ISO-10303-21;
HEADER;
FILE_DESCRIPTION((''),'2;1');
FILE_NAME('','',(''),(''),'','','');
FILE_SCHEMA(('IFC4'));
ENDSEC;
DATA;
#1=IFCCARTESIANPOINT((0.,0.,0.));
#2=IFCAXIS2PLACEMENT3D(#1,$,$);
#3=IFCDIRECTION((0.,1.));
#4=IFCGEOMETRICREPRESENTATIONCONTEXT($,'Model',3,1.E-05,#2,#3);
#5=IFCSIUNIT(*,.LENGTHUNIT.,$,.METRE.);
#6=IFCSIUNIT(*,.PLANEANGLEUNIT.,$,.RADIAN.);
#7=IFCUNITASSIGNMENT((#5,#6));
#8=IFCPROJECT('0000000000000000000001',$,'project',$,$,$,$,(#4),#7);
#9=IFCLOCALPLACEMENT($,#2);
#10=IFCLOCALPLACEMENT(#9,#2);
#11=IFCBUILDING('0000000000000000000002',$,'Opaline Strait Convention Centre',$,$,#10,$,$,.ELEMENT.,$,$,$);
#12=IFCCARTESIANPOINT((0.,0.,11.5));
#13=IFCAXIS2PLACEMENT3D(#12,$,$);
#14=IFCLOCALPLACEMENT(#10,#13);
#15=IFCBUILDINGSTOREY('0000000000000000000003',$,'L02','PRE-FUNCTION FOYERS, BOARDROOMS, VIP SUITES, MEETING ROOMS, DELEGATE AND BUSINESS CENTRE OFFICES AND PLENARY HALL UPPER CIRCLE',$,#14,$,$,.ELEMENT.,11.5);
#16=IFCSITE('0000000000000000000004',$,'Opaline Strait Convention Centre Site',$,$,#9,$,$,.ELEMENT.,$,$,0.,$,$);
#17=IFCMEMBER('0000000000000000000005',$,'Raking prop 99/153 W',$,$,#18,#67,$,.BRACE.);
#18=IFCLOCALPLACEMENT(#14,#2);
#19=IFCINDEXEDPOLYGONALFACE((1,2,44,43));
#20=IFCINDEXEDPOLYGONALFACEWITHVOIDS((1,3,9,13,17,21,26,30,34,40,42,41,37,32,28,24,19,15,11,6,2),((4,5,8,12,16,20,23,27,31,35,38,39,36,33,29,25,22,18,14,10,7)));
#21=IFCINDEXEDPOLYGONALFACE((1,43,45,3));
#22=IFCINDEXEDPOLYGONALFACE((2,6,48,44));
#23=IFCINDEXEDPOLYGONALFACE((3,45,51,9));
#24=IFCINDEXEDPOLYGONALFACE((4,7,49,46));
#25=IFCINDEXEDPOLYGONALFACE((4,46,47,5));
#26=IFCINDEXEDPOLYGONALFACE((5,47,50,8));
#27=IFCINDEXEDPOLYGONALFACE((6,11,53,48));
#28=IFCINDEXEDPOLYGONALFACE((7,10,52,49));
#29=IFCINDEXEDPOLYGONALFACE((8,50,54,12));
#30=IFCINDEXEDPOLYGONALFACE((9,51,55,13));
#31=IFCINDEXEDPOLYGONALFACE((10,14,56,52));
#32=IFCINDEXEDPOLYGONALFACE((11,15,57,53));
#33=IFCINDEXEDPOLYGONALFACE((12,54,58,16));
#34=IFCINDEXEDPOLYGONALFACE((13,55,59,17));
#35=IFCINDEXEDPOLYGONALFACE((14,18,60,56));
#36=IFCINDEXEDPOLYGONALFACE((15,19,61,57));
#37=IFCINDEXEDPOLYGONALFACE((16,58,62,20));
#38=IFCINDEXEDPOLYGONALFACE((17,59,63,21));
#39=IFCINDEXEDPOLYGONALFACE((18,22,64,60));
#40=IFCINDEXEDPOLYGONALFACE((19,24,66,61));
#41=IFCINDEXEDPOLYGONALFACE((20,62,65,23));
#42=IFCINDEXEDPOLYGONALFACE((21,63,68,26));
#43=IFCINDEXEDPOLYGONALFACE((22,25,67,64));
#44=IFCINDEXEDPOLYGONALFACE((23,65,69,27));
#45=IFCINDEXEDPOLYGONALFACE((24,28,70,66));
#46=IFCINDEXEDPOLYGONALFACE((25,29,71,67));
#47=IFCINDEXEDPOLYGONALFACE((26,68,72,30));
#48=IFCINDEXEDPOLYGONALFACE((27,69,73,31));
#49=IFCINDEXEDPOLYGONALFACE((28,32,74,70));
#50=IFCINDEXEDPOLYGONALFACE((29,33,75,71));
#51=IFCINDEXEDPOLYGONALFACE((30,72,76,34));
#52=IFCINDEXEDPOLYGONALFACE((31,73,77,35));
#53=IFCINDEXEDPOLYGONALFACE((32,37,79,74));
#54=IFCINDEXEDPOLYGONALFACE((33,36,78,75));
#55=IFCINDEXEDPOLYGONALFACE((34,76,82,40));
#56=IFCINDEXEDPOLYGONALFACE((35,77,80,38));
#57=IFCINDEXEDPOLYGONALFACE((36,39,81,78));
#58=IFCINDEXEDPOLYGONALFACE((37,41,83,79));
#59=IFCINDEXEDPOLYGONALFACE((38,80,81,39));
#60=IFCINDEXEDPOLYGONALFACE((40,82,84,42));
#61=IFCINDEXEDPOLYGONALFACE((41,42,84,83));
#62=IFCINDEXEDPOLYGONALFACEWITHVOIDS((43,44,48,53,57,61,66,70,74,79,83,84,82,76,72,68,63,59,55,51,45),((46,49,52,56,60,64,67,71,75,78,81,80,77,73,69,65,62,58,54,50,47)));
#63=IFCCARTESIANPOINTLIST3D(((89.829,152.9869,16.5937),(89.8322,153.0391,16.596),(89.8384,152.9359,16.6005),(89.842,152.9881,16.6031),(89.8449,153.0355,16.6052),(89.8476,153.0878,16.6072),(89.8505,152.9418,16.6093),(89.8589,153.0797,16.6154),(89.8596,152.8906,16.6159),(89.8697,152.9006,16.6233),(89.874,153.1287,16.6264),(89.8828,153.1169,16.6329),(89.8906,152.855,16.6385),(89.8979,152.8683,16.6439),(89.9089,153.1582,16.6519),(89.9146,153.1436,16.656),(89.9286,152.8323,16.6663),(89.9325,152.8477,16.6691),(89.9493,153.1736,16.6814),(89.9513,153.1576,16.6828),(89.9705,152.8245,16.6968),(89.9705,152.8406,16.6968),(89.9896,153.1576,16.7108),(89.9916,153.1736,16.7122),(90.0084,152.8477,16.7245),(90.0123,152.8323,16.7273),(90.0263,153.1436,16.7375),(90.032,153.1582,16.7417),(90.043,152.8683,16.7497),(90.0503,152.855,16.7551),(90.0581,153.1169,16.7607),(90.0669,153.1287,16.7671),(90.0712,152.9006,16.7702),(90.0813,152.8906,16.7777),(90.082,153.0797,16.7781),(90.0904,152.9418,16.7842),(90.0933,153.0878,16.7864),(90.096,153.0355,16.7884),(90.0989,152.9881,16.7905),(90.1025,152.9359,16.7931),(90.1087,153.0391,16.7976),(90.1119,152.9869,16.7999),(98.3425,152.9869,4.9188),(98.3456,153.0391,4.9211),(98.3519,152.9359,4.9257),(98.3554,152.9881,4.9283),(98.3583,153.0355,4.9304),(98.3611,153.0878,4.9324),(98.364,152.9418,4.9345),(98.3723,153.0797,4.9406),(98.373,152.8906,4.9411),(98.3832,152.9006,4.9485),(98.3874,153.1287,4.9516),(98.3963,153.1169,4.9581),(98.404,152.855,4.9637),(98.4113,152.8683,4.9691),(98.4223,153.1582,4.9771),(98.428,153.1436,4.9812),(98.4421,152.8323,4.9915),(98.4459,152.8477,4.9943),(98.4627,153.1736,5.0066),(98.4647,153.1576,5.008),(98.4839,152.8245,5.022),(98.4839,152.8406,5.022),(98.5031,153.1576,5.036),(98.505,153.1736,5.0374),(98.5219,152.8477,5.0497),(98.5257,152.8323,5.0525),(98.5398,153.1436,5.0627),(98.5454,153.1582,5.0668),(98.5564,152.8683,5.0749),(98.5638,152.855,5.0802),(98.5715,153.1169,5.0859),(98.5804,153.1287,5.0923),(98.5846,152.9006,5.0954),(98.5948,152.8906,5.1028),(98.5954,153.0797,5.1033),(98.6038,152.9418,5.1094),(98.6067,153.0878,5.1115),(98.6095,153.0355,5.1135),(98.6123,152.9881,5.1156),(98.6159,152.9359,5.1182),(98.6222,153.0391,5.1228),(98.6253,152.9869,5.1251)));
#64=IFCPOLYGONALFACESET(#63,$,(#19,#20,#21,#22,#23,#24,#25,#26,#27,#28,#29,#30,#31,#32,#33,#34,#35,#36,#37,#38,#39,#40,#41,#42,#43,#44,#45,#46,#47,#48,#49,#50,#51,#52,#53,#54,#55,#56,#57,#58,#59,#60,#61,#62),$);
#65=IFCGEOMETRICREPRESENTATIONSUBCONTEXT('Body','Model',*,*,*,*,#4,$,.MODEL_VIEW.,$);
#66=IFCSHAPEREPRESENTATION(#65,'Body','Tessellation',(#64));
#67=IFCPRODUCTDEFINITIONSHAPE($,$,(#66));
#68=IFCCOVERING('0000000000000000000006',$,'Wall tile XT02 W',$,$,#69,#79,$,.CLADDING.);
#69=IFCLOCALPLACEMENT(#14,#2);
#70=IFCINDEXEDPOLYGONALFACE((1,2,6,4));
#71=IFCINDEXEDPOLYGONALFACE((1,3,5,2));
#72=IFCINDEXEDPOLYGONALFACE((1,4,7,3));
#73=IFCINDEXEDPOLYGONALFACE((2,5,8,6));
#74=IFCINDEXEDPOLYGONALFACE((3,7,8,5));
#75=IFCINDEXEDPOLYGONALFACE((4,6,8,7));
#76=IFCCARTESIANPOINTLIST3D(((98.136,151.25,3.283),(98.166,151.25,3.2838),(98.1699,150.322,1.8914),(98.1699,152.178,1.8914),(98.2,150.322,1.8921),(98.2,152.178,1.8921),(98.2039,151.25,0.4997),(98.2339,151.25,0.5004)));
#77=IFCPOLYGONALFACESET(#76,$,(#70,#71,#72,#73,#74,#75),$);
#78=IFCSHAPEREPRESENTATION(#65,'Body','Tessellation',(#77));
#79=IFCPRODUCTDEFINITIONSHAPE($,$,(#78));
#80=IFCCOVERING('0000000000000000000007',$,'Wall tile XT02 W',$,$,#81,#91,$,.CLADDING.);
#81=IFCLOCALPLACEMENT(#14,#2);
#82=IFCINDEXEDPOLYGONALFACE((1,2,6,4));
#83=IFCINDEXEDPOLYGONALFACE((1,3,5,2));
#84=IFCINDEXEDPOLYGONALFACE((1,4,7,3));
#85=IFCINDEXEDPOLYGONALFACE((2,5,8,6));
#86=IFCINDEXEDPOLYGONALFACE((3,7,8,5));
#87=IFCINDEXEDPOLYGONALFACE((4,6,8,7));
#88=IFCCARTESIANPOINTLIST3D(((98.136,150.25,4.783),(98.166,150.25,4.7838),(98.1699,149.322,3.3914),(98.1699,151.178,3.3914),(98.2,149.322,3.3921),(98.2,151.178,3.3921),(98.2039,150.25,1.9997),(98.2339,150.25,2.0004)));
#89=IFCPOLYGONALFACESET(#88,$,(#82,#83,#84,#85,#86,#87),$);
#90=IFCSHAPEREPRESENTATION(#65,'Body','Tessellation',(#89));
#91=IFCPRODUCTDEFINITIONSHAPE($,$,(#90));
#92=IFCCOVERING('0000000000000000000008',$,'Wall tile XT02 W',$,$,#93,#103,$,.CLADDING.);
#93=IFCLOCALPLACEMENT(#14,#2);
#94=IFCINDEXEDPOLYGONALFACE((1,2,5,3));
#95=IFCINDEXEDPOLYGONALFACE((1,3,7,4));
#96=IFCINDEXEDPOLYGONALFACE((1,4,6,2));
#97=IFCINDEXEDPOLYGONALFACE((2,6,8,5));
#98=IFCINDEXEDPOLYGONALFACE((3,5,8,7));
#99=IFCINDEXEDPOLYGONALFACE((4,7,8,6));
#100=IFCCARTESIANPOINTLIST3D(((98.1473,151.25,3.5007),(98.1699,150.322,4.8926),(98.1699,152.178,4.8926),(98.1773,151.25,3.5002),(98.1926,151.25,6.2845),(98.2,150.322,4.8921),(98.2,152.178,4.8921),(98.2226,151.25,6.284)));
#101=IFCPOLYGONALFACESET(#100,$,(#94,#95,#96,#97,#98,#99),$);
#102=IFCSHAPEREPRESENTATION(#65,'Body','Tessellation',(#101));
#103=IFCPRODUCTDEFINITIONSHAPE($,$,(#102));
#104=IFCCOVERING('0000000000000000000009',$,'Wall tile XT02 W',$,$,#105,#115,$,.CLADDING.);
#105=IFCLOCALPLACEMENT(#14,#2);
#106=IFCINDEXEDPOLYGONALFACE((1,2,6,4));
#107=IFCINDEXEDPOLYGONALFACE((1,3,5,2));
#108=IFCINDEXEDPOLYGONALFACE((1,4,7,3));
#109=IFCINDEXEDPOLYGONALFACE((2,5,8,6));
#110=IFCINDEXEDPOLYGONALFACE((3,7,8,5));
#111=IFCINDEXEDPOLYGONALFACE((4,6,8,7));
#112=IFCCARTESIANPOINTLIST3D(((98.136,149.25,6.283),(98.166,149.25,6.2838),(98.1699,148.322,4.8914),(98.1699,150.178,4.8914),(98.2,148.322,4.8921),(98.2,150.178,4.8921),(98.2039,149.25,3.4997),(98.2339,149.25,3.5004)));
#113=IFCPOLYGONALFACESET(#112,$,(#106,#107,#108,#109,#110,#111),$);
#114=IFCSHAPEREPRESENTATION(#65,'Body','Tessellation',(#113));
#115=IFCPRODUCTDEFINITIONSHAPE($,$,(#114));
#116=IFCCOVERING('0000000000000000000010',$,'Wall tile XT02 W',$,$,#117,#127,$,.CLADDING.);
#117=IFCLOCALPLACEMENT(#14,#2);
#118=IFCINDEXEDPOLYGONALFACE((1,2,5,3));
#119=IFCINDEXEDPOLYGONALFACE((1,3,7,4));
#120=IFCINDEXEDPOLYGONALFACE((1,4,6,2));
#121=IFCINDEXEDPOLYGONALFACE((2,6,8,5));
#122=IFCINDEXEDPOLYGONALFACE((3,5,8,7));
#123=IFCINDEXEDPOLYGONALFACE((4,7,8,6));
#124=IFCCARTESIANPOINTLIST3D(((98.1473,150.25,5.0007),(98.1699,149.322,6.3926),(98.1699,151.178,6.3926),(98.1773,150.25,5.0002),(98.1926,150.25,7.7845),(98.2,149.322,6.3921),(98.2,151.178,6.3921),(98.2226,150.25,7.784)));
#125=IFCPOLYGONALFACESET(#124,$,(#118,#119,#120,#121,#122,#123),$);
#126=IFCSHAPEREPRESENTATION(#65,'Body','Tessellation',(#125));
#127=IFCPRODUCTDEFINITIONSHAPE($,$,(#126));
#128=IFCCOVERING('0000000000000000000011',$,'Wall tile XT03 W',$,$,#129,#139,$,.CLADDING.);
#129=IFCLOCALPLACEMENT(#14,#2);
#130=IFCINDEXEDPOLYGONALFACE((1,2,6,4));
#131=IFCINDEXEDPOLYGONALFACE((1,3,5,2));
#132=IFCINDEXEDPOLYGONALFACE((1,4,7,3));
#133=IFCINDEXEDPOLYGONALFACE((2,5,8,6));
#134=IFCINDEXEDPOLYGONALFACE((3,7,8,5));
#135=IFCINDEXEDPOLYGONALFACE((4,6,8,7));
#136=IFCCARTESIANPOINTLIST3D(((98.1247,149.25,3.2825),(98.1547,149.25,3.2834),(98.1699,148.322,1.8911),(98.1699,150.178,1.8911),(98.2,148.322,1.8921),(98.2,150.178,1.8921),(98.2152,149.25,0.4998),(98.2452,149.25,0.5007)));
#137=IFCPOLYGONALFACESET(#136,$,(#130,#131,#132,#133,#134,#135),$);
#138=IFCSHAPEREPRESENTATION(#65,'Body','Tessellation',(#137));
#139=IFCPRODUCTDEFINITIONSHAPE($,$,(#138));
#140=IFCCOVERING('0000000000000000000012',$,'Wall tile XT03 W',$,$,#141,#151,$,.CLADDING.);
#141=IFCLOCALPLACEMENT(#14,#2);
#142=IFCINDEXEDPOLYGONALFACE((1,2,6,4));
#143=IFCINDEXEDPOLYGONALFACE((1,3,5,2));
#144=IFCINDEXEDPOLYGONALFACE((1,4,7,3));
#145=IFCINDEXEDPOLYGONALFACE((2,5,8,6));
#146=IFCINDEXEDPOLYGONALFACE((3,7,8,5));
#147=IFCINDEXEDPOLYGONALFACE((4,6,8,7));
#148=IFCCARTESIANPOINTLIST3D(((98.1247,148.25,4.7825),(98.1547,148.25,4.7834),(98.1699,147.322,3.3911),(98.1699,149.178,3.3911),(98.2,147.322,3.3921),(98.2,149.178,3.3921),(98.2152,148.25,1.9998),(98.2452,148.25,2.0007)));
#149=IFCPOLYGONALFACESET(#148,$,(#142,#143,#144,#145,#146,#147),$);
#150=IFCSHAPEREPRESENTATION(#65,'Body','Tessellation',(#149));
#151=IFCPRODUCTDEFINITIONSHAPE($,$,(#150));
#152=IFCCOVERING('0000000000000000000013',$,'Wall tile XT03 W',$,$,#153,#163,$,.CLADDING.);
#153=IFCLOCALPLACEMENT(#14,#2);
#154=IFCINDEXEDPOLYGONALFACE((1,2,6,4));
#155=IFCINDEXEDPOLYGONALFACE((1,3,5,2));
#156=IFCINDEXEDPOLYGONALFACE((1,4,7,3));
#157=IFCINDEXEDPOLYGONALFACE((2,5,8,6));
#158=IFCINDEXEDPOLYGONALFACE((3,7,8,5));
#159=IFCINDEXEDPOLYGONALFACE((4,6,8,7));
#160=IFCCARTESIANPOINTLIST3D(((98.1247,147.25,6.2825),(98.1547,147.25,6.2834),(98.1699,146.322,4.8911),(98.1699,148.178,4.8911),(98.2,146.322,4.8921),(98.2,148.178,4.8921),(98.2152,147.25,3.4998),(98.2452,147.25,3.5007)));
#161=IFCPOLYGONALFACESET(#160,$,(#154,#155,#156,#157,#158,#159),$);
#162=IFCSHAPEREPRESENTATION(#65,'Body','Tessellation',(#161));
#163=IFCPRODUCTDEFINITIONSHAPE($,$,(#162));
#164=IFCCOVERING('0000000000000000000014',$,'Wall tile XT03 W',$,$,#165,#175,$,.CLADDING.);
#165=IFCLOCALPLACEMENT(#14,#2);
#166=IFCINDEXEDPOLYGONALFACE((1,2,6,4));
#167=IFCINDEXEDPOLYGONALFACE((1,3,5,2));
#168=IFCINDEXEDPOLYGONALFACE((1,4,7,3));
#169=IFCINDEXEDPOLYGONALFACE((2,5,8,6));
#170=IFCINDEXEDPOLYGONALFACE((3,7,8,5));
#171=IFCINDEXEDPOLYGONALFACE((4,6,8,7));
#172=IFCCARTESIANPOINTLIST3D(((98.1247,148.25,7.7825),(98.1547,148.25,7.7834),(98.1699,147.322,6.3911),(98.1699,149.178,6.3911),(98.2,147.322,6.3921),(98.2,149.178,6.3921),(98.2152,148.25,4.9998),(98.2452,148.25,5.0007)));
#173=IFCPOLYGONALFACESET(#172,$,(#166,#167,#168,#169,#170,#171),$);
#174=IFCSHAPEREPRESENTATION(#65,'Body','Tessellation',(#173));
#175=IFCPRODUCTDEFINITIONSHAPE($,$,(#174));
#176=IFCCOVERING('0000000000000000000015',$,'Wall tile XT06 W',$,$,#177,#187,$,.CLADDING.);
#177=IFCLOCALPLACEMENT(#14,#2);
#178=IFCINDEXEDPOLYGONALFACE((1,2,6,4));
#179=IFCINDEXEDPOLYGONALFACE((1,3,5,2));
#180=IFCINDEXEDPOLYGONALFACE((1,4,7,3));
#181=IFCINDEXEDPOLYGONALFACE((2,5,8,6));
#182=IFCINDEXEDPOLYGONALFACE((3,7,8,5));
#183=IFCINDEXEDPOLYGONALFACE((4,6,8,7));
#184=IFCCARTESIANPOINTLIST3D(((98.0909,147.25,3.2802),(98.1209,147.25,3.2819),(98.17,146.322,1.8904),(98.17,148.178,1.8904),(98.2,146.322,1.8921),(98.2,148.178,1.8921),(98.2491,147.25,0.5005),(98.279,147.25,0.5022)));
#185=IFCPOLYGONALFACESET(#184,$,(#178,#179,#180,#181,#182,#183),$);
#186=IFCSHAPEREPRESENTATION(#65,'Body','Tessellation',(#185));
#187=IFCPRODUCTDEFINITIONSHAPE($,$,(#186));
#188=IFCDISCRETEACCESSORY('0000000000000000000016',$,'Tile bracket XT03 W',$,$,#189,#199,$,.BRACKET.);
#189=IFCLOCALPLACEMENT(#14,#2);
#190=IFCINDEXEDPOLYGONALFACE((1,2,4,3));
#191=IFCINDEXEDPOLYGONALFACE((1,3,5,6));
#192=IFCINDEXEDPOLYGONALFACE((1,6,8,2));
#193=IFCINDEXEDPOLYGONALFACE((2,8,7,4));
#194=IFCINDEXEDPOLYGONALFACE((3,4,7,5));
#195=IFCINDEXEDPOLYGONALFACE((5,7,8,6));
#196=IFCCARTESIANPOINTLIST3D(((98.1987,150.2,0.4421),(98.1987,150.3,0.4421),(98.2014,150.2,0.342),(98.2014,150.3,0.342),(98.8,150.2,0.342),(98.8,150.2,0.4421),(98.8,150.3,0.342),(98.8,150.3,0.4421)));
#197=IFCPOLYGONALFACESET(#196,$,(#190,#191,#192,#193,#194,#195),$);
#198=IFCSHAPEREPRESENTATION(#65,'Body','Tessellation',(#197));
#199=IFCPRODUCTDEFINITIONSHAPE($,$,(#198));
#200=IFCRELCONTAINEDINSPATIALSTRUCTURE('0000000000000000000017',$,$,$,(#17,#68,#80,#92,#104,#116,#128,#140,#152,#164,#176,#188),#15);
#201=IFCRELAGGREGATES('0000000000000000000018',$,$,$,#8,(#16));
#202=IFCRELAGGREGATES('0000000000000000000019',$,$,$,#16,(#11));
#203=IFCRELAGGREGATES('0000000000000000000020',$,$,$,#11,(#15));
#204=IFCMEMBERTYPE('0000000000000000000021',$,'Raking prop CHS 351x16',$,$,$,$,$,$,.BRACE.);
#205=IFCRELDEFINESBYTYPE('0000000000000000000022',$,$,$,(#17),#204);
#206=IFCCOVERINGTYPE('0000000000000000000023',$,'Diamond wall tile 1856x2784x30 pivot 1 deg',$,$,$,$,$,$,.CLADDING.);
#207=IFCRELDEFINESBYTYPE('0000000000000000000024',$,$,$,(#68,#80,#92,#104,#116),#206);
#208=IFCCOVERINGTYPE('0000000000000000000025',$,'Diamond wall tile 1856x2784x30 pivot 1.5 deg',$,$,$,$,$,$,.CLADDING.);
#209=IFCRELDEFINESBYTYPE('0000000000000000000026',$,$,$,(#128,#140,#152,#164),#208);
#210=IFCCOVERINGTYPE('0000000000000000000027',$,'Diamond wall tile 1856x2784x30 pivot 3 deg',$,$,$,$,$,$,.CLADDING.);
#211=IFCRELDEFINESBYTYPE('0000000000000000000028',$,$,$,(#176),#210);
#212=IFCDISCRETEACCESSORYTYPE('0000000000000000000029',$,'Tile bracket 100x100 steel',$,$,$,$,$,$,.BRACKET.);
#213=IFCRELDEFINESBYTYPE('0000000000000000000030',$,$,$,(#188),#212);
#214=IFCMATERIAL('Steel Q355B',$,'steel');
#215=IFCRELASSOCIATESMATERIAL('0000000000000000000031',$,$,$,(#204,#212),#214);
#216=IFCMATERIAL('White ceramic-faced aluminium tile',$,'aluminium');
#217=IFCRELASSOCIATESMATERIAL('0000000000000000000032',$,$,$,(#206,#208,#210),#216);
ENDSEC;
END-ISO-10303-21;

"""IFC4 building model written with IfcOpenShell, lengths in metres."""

from ifc_helpers import new_model, si_unit, direction, frame, origin, origin_2d, place, context, subcontext, project, spatial, polyline, hollow_circle, outline, extrude, material, material_profile, profile_set, type_object, element, save


model = new_model("IFC4")

# Units and contexts
model_context = context("Model", 3, precision=1e-05, world=origin(), true_north=direction((0.0, 1.0)))
body_context = subcontext(model_context, "Body", "Model", "MODEL_VIEW")
ifc_project = project(units=[si_unit("LENGTHUNIT", "METRE"), si_unit("PLANEANGLEUNIT", "RADIAN")], contexts=[model_context])

# Site, building, storey
site_placement = place(None, origin())
site = spatial("IfcSite", under=ifc_project, at=site_placement, Name="Opaline Strait Convention Centre Site", CompositionType="ELEMENT", RefElevation=0.0)
building_placement = place(site_placement, origin())
building = spatial("IfcBuilding", under=site, at=building_placement, Name="Opaline Strait Convention Centre", CompositionType="ELEMENT")
storey_placement = place(building_placement, frame((0.0, 0.0, 11.5)))
storey = spatial("IfcBuildingStorey", under=building, at=storey_placement, Name="L02", Description="PRE-FUNCTION FOYERS, BOARDROOMS, VIP SUITES, MEETING ROOMS, DELEGATE AND BUSINESS CENTRE OFFICES AND PLENARY HALL UPPER CIRCLE", CompositionType="ELEMENT", Elevation=11.5)

# Member
ifc_material_1 = material(Name="Steel Q355B", Category="steel")
ifc_material_profile_1 = material_profile(ifc_material_1, hollow_circle(Radius=0.1755, WallThickness=0.0161, at=origin_2d()), Name="CHS 351x16")
ifc_profile_set_1 = profile_set([ifc_material_profile_1], Name="Steel Q355B")
member_type = type_object("IfcMemberType", Name="Raking prop CHS 351x16", PredefinedType="BRACE", material=ifc_profile_set_1)
member_placement = place(storey_placement, frame((98.4839, 153.0, 5.022), z_axis=(-0.589197, 0.0, 0.807989), x_axis=(0.0, -1.0, 0.0)))
element("IfcMember", 1, at=member_placement, inside=storey, type_object=member_type, Name="Raking prop 99/153 W", PredefinedType="BRACE", context=body_context, shape_type="SweptSolid", body=[
    extrude(hollow_circle(Radius=0.1755, WallThickness=0.0161, at=origin_2d()), origin(), (0.0, 0.0, 1.0), 14.4492),
])

# Coverings
ifc_material_2 = material(Name="White ceramic-faced aluminium tile", Category="aluminium")
ifc_material_profile_2 = material_profile(ifc_material_2, outline(polyline([(0.928, 0.0), (0.0, 1.3921), (-0.928, 0.0), (0.0, -1.3921), (0.928, 0.0)])), Name="Diamond tile 1856x2784")
ifc_profile_set_2 = profile_set([ifc_material_profile_2], Name="White ceramic-faced aluminium tile")
covering_type_1 = type_object("IfcCoveringType", Name="Diamond wall tile 1856x2784x30 pivot 1 deg", PredefinedType="CLADDING", material=ifc_profile_set_2)
for number, where, z_axis, x_axis, name in (
    (2, (98.2, 151.25, 1.8921), (-0.999703, 0.0, -0.024383), (0.0, -1.0, 0.0), "Wall tile XT02 W"),
    (3, (98.2, 150.25, 3.3921), (-0.999703, 0.0, -0.024383), (0.0, -1.0, 0.0), "Wall tile XT02 W"),
    (4, (98.2, 151.25, 4.8921), (-0.999868, 0.0, 0.016258), (0.0, -1.0, 0.0), "Wall tile XT02 W"),
    (5, (98.2, 149.25, 4.8921), (-0.999703, 0.0, -0.024383), (0.0, -1.0, 0.0), "Wall tile XT02 W"),
    (6, (98.2, 150.25, 6.3921), (-0.999868, 0.0, 0.016258), (0.0, -1.0, 0.0), "Wall tile XT02 W"),
):
    element("IfcCovering", number, at=place(storey_placement, frame(where, z_axis=z_axis, x_axis=x_axis)), inside=storey, type_object=covering_type_1, Name=name, PredefinedType="CLADDING", context=body_context, shape_type="SweptSolid", body=[
        extrude(outline(polyline([(0.928, 0.0), (0.0, 1.3921), (-0.928, 0.0), (0.0, -1.3921), (0.928, 0.0)])), origin(), (0.0, 0.0, 1.0), 0.03),
    ])
ifc_material_profile_3 = material_profile(ifc_material_2, outline(polyline([(0.928, 0.0), (0.0, 1.3921), (-0.928, 0.0), (0.0, -1.3921), (0.928, 0.0)])), Name="Diamond tile 1856x2784")
ifc_profile_set_3 = profile_set([ifc_material_profile_3], Name="White ceramic-faced aluminium tile")
covering_type_2 = type_object("IfcCoveringType", Name="Diamond wall tile 1856x2784x30 pivot 1.5 deg", PredefinedType="CLADDING", material=ifc_profile_set_3)
for number, where, z_axis, x_axis, name in (
    (7, (98.2, 149.25, 1.8921), (-0.999472, 0.0, -0.032503), (0.0, -1.0, 0.0), "Wall tile XT03 W"),
    (8, (98.2, 148.25, 3.3921), (-0.999472, 0.0, -0.032503), (0.0, -1.0, 0.0), "Wall tile XT03 W"),
    (9, (98.2, 147.25, 4.8921), (-0.999472, 0.0, -0.032503), (0.0, -1.0, 0.0), "Wall tile XT03 W"),
    (10, (98.2, 148.25, 6.3921), (-0.999472, 0.0, -0.032503), (0.0, -1.0, 0.0), "Wall tile XT03 W"),
):
    element("IfcCovering", number, at=place(storey_placement, frame(where, z_axis=z_axis, x_axis=x_axis)), inside=storey, type_object=covering_type_2, Name=name, PredefinedType="CLADDING", context=body_context, shape_type="SweptSolid", body=[
        extrude(outline(polyline([(0.928, 0.0), (0.0, 1.3921), (-0.928, 0.0), (0.0, -1.3921), (0.928, 0.0)])), origin(), (0.0, 0.0, 1.0), 0.03),
    ])
ifc_material_profile_4 = material_profile(ifc_material_2, outline(polyline([(0.928, 0.0), (0.0, 1.3921), (-0.928, 0.0), (0.0, -1.3921), (0.928, 0.0)])), Name="Diamond tile 1856x2784")
ifc_profile_set_4 = profile_set([ifc_material_profile_4], Name="White ceramic-faced aluminium tile")
covering_type_3 = type_object("IfcCoveringType", Name="Diamond wall tile 1856x2784x30 pivot 3 deg", PredefinedType="CLADDING", material=ifc_profile_set_4)
covering_placement = place(storey_placement, frame((98.2, 147.25, 1.8921), z_axis=(-0.998385, 0.0, -0.056819), x_axis=(0.0, -1.0, 0.0)))
element("IfcCovering", 11, at=covering_placement, inside=storey, type_object=covering_type_3, Name="Wall tile XT06 W", PredefinedType="CLADDING", context=body_context, shape_type="SweptSolid", body=[
    extrude(outline(polyline([(0.928, 0.0), (0.0, 1.3921), (-0.928, 0.0), (0.0, -1.3921), (0.928, 0.0)])), origin(), (0.0, 0.0, 1.0), 0.03),
])

# Discrete accessory
discrete_accessory_type = type_object("IfcDiscreteAccessoryType", Name="Tile bracket 100x100 steel", PredefinedType="BRACKET", material=ifc_material_1)
discrete_accessory_1_placement = place(storey_placement, frame((98.8, 150.3, 0.3921), z_axis=(0.0, -1.0, 0.0), x_axis=(1.0, 0.0, 0.0)))
element("IfcDiscreteAccessory", 12, at=discrete_accessory_1_placement, inside=storey, type_object=discrete_accessory_type, Name="Tile bracket XT03 W", PredefinedType="BRACKET", context=body_context, shape_type="SweptSolid", body=[
    extrude(outline(polyline([(0.0, -0.05), (0.0, 0.05), (-0.6013, 0.05), (-0.5986, -0.05), (0.0, -0.05)])), origin(), (0.0, 0.0, 1.0), 0.1001),
])

save(model, "model.ifc")
